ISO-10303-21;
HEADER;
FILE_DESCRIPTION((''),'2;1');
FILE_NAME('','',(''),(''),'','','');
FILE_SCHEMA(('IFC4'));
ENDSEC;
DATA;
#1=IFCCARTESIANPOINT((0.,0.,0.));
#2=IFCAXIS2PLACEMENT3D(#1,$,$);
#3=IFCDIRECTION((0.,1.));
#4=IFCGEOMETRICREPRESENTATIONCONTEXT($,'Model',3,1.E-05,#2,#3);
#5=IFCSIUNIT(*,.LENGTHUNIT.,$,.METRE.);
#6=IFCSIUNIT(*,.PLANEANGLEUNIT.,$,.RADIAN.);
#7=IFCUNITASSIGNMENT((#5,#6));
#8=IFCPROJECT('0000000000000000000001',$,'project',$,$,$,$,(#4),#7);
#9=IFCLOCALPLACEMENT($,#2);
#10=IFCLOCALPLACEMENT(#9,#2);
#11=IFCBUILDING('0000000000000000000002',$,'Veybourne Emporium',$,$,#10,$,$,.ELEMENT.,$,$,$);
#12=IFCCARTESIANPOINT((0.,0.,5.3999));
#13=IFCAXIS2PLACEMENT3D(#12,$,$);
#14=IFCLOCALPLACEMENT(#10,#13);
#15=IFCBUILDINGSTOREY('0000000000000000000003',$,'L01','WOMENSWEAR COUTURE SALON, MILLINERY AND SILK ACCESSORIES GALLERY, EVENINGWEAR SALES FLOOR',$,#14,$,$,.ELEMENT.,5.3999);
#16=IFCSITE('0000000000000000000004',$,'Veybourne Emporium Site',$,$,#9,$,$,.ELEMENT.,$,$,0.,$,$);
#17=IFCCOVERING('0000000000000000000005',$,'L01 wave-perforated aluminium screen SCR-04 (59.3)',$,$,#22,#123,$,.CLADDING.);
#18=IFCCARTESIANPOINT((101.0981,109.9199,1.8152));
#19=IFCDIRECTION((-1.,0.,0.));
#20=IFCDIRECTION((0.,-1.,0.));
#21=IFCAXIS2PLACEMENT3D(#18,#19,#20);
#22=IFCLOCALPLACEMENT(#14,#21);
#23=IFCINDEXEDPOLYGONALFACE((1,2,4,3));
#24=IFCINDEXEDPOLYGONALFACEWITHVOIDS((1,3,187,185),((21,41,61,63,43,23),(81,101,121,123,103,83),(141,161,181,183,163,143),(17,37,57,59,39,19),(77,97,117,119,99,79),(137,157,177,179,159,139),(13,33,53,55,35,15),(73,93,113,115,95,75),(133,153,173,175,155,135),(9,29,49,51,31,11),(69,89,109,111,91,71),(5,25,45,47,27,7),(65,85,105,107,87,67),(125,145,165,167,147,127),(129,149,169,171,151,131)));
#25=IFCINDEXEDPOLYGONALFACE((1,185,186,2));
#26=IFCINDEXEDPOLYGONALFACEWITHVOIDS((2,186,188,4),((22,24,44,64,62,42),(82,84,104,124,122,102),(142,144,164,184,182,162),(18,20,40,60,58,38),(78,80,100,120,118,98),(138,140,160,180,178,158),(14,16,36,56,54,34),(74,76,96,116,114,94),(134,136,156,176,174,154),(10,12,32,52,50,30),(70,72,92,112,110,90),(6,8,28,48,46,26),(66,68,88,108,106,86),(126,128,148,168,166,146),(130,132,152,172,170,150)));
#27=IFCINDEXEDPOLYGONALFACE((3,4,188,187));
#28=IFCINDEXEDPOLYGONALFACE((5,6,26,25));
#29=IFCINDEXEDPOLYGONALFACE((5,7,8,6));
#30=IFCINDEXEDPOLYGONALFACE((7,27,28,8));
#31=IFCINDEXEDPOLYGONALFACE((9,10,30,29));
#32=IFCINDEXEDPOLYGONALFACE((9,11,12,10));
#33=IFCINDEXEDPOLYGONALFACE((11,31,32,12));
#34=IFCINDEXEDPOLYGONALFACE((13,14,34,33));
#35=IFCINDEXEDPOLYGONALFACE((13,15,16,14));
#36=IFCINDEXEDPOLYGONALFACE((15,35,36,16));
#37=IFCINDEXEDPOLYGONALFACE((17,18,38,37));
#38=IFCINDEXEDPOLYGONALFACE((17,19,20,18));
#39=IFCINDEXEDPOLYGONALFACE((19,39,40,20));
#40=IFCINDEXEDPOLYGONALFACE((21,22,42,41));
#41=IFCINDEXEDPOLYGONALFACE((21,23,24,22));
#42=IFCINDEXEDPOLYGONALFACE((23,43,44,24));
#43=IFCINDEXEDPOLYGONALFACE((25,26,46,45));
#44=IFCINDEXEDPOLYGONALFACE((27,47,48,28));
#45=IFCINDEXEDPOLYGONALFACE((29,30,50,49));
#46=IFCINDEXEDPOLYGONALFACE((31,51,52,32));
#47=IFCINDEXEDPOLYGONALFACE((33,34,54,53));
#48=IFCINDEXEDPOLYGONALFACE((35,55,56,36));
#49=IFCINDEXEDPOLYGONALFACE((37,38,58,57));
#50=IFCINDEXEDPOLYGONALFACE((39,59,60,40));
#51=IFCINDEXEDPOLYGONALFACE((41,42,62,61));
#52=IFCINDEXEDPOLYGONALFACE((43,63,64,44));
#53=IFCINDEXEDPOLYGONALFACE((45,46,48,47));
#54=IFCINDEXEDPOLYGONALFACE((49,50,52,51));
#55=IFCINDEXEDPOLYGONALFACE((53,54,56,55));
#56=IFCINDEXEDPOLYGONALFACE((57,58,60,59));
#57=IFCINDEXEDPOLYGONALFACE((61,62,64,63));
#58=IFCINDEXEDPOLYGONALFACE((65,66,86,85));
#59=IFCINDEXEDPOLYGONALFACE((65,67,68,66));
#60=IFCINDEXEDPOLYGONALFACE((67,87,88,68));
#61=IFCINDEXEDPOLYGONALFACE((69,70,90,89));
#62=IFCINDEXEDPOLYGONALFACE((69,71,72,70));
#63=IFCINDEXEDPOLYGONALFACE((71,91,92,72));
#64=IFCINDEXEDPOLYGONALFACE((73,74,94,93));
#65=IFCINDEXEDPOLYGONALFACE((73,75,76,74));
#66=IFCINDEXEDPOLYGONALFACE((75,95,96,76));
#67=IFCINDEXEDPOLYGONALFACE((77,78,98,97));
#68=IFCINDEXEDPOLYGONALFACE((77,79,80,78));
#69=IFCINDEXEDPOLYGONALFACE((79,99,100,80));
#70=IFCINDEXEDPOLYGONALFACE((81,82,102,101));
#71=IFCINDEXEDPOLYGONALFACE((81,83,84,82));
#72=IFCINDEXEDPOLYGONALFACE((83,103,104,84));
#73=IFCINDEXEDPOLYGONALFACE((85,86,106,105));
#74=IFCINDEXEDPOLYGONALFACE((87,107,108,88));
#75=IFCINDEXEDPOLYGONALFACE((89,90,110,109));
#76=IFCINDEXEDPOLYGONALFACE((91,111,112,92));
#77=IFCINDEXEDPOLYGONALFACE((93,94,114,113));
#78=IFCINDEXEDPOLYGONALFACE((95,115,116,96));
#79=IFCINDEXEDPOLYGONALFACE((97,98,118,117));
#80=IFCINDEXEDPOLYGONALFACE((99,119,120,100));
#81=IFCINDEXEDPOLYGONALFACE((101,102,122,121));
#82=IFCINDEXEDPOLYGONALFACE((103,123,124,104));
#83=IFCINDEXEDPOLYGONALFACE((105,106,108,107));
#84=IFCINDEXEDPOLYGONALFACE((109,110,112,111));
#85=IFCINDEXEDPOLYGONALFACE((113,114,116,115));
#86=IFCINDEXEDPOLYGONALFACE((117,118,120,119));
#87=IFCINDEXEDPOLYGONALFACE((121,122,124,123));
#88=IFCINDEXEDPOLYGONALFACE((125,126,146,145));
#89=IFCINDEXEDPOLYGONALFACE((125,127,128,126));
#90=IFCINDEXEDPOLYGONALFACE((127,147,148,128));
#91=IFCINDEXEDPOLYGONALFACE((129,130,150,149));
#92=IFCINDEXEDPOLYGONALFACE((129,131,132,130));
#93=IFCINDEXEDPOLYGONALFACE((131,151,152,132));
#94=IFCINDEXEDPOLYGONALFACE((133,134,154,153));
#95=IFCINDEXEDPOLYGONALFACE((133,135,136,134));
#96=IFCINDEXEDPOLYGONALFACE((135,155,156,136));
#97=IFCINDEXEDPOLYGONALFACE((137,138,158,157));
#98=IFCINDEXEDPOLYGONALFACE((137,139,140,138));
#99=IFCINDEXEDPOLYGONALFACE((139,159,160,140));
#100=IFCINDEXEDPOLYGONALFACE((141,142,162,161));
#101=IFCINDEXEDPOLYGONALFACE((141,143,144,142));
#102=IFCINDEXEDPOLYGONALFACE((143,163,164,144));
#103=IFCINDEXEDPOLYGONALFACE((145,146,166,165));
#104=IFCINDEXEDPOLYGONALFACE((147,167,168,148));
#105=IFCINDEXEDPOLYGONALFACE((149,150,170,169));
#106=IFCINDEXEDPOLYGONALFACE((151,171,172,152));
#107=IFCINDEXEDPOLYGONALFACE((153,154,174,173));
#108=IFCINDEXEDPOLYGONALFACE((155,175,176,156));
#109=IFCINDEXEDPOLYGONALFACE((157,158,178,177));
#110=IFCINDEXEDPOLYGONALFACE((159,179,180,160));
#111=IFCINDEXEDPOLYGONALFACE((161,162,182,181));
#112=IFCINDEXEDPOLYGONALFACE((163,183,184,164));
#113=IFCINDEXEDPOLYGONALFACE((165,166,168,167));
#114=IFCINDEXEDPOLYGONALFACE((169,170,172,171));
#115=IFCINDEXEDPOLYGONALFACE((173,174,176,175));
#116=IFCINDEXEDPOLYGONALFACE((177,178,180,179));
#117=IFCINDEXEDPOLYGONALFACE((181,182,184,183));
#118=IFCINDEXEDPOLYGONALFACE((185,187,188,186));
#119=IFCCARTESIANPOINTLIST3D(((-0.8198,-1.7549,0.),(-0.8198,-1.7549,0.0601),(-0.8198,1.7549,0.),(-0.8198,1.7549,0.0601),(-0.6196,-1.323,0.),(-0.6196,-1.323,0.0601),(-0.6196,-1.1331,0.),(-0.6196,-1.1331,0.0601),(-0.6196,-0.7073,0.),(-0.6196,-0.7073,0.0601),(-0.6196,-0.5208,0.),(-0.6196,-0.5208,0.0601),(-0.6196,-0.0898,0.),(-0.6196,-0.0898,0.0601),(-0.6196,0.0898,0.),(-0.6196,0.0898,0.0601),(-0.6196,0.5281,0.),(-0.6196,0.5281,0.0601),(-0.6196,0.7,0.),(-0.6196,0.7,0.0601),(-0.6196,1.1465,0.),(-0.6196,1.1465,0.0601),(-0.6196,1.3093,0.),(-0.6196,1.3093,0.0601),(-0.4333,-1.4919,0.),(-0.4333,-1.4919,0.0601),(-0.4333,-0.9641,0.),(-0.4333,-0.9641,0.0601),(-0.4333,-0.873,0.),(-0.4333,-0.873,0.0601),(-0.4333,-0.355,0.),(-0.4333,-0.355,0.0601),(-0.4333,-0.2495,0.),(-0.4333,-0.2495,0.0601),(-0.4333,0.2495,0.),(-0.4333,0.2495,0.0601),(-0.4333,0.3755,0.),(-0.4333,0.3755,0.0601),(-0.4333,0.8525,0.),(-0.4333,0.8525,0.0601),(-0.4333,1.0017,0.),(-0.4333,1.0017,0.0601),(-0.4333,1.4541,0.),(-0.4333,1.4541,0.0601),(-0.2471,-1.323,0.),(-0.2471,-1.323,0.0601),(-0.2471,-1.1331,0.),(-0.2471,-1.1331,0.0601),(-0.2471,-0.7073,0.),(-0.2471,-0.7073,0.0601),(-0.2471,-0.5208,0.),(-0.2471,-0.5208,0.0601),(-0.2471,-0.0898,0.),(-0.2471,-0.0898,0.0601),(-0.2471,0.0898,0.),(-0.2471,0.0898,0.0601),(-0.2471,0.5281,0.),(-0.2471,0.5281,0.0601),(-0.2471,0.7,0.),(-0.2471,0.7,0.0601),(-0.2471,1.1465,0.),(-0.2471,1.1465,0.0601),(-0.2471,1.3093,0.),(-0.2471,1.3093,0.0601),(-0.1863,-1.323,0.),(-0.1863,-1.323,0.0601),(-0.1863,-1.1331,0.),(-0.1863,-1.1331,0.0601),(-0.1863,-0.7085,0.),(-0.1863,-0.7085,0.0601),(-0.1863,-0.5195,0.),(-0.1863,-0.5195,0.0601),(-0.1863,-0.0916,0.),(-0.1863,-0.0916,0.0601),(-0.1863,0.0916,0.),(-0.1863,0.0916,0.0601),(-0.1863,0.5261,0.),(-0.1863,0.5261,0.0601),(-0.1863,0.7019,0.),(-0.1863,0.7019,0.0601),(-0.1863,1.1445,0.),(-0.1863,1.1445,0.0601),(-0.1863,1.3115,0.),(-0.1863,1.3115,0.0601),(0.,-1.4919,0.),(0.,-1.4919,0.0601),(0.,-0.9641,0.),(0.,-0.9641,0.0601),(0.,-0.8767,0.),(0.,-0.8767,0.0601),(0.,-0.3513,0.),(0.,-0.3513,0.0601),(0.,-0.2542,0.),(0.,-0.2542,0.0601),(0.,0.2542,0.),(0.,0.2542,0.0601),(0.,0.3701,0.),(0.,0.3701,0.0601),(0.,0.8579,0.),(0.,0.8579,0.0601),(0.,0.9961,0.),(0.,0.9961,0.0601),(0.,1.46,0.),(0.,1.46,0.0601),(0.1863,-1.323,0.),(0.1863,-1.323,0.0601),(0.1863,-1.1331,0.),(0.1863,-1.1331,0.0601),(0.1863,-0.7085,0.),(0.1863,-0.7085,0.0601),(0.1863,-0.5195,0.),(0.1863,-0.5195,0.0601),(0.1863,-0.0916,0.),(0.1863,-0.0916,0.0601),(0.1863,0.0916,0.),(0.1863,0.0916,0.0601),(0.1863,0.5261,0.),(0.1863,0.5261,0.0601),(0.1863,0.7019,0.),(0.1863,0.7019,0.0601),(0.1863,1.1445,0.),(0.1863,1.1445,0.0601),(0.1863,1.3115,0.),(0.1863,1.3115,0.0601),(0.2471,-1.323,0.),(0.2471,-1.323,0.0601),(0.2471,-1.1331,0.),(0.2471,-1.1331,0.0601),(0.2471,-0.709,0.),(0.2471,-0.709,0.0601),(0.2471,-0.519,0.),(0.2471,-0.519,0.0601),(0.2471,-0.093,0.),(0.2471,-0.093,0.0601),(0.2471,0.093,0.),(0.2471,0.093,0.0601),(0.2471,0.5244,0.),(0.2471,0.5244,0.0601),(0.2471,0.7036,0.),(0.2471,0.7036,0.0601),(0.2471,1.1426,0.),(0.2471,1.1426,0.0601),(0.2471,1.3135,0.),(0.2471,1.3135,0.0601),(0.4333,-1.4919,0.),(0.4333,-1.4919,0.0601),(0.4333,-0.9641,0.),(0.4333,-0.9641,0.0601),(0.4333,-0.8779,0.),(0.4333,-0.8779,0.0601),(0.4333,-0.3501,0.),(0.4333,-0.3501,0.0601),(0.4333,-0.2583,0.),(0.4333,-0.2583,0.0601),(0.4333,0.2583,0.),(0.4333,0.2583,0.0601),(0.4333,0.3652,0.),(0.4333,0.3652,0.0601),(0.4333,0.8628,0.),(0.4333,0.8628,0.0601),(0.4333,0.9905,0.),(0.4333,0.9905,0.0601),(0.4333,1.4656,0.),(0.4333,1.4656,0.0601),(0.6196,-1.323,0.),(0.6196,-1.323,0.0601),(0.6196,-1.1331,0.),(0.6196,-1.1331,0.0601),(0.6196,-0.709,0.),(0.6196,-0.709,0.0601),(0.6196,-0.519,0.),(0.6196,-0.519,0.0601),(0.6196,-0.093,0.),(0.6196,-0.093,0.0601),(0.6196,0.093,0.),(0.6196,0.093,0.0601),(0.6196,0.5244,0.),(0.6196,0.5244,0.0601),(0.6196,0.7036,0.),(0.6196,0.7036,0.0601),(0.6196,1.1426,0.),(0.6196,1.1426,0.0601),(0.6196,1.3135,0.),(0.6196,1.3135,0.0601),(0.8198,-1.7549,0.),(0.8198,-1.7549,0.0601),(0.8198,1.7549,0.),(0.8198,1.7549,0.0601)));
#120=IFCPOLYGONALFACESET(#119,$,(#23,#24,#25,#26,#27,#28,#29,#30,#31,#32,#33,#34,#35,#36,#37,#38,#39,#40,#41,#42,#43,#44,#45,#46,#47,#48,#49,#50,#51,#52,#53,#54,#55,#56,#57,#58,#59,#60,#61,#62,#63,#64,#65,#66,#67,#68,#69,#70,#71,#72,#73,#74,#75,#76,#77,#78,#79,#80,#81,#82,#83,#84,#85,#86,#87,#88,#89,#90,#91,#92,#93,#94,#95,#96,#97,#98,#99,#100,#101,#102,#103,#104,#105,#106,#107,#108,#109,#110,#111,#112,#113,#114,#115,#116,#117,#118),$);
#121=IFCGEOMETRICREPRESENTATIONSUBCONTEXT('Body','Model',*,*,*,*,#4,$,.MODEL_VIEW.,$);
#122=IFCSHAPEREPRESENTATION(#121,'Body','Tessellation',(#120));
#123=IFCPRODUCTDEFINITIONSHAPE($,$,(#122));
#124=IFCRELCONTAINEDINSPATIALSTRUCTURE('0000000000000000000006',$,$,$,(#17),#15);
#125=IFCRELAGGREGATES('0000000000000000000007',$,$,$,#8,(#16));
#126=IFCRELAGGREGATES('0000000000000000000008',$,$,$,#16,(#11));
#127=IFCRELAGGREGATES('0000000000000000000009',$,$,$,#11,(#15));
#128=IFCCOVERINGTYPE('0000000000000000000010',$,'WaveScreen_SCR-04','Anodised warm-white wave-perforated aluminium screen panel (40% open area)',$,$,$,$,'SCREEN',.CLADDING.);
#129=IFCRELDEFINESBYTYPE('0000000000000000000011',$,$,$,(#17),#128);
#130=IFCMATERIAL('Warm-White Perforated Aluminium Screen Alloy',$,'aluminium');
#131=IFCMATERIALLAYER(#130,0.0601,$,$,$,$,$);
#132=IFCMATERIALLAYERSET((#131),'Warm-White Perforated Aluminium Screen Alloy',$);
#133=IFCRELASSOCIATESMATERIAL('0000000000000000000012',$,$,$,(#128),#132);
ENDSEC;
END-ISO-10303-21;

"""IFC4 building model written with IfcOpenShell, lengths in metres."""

from ifc_helpers import new_model, si_unit, direction, frame, origin, place, context, subcontext, project, spatial, polyline, outline, extrude, material, layer, layer_set, type_object, element, save


model = new_model("IFC4")

# Units and contexts
model_context = context("Model", 3, precision=1e-05, world=origin(), true_north=direction((0.0, 1.0)))
body_context = subcontext(model_context, "Body", "Model", "MODEL_VIEW")
ifc_project = project(units=[si_unit("LENGTHUNIT", "METRE"), si_unit("PLANEANGLEUNIT", "RADIAN")], contexts=[model_context])

# Site, building, storey
site_placement = place(None, origin())
site = spatial("IfcSite", under=ifc_project, at=site_placement, Name="Veybourne Emporium Site", CompositionType="ELEMENT", RefElevation=0.0)
building_placement = place(site_placement, origin())
building = spatial("IfcBuilding", under=site, at=building_placement, Name="Veybourne Emporium", CompositionType="ELEMENT")
storey_placement = place(building_placement, frame((0.0, 0.0, 5.3999)))
storey = spatial("IfcBuildingStorey", under=building, at=storey_placement, Name="L01", Description="WOMENSWEAR COUTURE SALON, MILLINERY AND SILK ACCESSORIES GALLERY, EVENINGWEAR SALES FLOOR", CompositionType="ELEMENT", Elevation=5.3999)

# Covering
ifc_material_1 = material(Name="Warm-White Perforated Aluminium Screen Alloy", Category="aluminium")
ifc_layer_1 = layer(ifc_material_1, 0.0601)
ifc_layer_set_1 = layer_set([ifc_layer_1], Name="Warm-White Perforated Aluminium Screen Alloy")
covering_type_1 = type_object("IfcCoveringType", Name="WaveScreen_SCR-04", Description="Anodised warm-white wave-perforated aluminium screen panel (40% open area)", ElementType="SCREEN", PredefinedType="CLADDING", material=ifc_layer_set_1)
covering_1_placement = place(storey_placement, frame((101.0981, 109.9199, 1.8152), z_axis=(-1.0, 0.0, 0.0), x_axis=(0.0, -1.0, 0.0)))
element("IfcCovering", 1, at=covering_1_placement, inside=storey, type_object=covering_type_1, Name="L01 wave-perforated aluminium screen SCR-04 (59.3)", PredefinedType="CLADDING", context=body_context, shape_type="SweptSolid", body=[
    extrude(outline(polyline([(-0.8198, -1.7549), (0.8198, -1.7549), (0.8198, 1.7549), (-0.8198, 1.7549), (-0.8198, -1.7549)]), holes=[polyline([(-0.4333, -0.9641), (-0.2471, -1.1331), (-0.2471, -1.323), (-0.4333, -1.4919), (-0.6196, -1.323), (-0.6196, -1.1331), (-0.4333, -0.9641)]), polyline([(-0.4333, -0.355), (-0.2471, -0.5208), (-0.2471, -0.7073), (-0.4333, -0.873), (-0.6196, -0.7073), (-0.6196, -0.5208), (-0.4333, -0.355)]), polyline([(-0.4333, 0.2495), (-0.2471, 0.0898), (-0.2471, -0.0898), (-0.4333, -0.2495), (-0.6196, -0.0898), (-0.6196, 0.0898), (-0.4333, 0.2495)]), polyline([(-0.4333, 0.8525), (-0.2471, 0.7), (-0.2471, 0.5281), (-0.4333, 0.3755), (-0.6196, 0.5281), (-0.6196, 0.7), (-0.4333, 0.8525)]), polyline([(-0.4333, 1.4541), (-0.2471, 1.3093), (-0.2471, 1.1465), (-0.4333, 1.0017), (-0.6196, 1.1465), (-0.6196, 1.3093), (-0.4333, 1.4541)]), polyline([(0.0, -0.9641), (0.1863, -1.1331), (0.1863, -1.323), (0.0, -1.4919), (-0.1863, -1.323), (-0.1863, -1.1331), (0.0, -0.9641)]), polyline([(0.0, -0.3513), (0.1863, -0.5195), (0.1863, -0.7085), (0.0, -0.8767), (-0.1863, -0.7085), (-0.1863, -0.5195), (0.0, -0.3513)]), polyline([(0.0, 0.2542), (0.1863, 0.0916), (0.1863, -0.0916), (0.0, -0.2542), (-0.1863, -0.0916), (-0.1863, 0.0916), (0.0, 0.2542)]), polyline([(0.0, 0.8579), (0.1863, 0.7019), (0.1863, 0.5261), (0.0, 0.3701), (-0.1863, 0.5261), (-0.1863, 0.7019), (0.0, 0.8579)]), polyline([(0.0, 1.46), (0.1863, 1.3115), (0.1863, 1.1445), (0.0, 0.9961), (-0.1863, 1.1445), (-0.1863, 1.3115), (0.0, 1.46)]), polyline([(0.4333, -0.9641), (0.6196, -1.1331), (0.6196, -1.323), (0.4333, -1.4919), (0.2471, -1.323), (0.2471, -1.1331), (0.4333, -0.9641)]), polyline([(0.4333, -0.3501), (0.6196, -0.519), (0.6196, -0.709), (0.4333, -0.8779), (0.2471, -0.709), (0.2471, -0.519), (0.4333, -0.3501)]), polyline([(0.4333, 0.2583), (0.6196, 0.093), (0.6196, -0.093), (0.4333, -0.2583), (0.2471, -0.093), (0.2471, 0.093), (0.4333, 0.2583)]), polyline([(0.4333, 0.8628), (0.6196, 0.7036), (0.6196, 0.5244), (0.4333, 0.3652), (0.2471, 0.5244), (0.2471, 0.7036), (0.4333, 0.8628)]), polyline([(0.4333, 1.4656), (0.6196, 1.3135), (0.6196, 1.1426), (0.4333, 0.9905), (0.2471, 1.1426), (0.2471, 1.3135), (0.4333, 1.4656)])]), origin(), (0.0, 0.0, 1.0), 0.0601),
])

save(model, "model.ifc")
